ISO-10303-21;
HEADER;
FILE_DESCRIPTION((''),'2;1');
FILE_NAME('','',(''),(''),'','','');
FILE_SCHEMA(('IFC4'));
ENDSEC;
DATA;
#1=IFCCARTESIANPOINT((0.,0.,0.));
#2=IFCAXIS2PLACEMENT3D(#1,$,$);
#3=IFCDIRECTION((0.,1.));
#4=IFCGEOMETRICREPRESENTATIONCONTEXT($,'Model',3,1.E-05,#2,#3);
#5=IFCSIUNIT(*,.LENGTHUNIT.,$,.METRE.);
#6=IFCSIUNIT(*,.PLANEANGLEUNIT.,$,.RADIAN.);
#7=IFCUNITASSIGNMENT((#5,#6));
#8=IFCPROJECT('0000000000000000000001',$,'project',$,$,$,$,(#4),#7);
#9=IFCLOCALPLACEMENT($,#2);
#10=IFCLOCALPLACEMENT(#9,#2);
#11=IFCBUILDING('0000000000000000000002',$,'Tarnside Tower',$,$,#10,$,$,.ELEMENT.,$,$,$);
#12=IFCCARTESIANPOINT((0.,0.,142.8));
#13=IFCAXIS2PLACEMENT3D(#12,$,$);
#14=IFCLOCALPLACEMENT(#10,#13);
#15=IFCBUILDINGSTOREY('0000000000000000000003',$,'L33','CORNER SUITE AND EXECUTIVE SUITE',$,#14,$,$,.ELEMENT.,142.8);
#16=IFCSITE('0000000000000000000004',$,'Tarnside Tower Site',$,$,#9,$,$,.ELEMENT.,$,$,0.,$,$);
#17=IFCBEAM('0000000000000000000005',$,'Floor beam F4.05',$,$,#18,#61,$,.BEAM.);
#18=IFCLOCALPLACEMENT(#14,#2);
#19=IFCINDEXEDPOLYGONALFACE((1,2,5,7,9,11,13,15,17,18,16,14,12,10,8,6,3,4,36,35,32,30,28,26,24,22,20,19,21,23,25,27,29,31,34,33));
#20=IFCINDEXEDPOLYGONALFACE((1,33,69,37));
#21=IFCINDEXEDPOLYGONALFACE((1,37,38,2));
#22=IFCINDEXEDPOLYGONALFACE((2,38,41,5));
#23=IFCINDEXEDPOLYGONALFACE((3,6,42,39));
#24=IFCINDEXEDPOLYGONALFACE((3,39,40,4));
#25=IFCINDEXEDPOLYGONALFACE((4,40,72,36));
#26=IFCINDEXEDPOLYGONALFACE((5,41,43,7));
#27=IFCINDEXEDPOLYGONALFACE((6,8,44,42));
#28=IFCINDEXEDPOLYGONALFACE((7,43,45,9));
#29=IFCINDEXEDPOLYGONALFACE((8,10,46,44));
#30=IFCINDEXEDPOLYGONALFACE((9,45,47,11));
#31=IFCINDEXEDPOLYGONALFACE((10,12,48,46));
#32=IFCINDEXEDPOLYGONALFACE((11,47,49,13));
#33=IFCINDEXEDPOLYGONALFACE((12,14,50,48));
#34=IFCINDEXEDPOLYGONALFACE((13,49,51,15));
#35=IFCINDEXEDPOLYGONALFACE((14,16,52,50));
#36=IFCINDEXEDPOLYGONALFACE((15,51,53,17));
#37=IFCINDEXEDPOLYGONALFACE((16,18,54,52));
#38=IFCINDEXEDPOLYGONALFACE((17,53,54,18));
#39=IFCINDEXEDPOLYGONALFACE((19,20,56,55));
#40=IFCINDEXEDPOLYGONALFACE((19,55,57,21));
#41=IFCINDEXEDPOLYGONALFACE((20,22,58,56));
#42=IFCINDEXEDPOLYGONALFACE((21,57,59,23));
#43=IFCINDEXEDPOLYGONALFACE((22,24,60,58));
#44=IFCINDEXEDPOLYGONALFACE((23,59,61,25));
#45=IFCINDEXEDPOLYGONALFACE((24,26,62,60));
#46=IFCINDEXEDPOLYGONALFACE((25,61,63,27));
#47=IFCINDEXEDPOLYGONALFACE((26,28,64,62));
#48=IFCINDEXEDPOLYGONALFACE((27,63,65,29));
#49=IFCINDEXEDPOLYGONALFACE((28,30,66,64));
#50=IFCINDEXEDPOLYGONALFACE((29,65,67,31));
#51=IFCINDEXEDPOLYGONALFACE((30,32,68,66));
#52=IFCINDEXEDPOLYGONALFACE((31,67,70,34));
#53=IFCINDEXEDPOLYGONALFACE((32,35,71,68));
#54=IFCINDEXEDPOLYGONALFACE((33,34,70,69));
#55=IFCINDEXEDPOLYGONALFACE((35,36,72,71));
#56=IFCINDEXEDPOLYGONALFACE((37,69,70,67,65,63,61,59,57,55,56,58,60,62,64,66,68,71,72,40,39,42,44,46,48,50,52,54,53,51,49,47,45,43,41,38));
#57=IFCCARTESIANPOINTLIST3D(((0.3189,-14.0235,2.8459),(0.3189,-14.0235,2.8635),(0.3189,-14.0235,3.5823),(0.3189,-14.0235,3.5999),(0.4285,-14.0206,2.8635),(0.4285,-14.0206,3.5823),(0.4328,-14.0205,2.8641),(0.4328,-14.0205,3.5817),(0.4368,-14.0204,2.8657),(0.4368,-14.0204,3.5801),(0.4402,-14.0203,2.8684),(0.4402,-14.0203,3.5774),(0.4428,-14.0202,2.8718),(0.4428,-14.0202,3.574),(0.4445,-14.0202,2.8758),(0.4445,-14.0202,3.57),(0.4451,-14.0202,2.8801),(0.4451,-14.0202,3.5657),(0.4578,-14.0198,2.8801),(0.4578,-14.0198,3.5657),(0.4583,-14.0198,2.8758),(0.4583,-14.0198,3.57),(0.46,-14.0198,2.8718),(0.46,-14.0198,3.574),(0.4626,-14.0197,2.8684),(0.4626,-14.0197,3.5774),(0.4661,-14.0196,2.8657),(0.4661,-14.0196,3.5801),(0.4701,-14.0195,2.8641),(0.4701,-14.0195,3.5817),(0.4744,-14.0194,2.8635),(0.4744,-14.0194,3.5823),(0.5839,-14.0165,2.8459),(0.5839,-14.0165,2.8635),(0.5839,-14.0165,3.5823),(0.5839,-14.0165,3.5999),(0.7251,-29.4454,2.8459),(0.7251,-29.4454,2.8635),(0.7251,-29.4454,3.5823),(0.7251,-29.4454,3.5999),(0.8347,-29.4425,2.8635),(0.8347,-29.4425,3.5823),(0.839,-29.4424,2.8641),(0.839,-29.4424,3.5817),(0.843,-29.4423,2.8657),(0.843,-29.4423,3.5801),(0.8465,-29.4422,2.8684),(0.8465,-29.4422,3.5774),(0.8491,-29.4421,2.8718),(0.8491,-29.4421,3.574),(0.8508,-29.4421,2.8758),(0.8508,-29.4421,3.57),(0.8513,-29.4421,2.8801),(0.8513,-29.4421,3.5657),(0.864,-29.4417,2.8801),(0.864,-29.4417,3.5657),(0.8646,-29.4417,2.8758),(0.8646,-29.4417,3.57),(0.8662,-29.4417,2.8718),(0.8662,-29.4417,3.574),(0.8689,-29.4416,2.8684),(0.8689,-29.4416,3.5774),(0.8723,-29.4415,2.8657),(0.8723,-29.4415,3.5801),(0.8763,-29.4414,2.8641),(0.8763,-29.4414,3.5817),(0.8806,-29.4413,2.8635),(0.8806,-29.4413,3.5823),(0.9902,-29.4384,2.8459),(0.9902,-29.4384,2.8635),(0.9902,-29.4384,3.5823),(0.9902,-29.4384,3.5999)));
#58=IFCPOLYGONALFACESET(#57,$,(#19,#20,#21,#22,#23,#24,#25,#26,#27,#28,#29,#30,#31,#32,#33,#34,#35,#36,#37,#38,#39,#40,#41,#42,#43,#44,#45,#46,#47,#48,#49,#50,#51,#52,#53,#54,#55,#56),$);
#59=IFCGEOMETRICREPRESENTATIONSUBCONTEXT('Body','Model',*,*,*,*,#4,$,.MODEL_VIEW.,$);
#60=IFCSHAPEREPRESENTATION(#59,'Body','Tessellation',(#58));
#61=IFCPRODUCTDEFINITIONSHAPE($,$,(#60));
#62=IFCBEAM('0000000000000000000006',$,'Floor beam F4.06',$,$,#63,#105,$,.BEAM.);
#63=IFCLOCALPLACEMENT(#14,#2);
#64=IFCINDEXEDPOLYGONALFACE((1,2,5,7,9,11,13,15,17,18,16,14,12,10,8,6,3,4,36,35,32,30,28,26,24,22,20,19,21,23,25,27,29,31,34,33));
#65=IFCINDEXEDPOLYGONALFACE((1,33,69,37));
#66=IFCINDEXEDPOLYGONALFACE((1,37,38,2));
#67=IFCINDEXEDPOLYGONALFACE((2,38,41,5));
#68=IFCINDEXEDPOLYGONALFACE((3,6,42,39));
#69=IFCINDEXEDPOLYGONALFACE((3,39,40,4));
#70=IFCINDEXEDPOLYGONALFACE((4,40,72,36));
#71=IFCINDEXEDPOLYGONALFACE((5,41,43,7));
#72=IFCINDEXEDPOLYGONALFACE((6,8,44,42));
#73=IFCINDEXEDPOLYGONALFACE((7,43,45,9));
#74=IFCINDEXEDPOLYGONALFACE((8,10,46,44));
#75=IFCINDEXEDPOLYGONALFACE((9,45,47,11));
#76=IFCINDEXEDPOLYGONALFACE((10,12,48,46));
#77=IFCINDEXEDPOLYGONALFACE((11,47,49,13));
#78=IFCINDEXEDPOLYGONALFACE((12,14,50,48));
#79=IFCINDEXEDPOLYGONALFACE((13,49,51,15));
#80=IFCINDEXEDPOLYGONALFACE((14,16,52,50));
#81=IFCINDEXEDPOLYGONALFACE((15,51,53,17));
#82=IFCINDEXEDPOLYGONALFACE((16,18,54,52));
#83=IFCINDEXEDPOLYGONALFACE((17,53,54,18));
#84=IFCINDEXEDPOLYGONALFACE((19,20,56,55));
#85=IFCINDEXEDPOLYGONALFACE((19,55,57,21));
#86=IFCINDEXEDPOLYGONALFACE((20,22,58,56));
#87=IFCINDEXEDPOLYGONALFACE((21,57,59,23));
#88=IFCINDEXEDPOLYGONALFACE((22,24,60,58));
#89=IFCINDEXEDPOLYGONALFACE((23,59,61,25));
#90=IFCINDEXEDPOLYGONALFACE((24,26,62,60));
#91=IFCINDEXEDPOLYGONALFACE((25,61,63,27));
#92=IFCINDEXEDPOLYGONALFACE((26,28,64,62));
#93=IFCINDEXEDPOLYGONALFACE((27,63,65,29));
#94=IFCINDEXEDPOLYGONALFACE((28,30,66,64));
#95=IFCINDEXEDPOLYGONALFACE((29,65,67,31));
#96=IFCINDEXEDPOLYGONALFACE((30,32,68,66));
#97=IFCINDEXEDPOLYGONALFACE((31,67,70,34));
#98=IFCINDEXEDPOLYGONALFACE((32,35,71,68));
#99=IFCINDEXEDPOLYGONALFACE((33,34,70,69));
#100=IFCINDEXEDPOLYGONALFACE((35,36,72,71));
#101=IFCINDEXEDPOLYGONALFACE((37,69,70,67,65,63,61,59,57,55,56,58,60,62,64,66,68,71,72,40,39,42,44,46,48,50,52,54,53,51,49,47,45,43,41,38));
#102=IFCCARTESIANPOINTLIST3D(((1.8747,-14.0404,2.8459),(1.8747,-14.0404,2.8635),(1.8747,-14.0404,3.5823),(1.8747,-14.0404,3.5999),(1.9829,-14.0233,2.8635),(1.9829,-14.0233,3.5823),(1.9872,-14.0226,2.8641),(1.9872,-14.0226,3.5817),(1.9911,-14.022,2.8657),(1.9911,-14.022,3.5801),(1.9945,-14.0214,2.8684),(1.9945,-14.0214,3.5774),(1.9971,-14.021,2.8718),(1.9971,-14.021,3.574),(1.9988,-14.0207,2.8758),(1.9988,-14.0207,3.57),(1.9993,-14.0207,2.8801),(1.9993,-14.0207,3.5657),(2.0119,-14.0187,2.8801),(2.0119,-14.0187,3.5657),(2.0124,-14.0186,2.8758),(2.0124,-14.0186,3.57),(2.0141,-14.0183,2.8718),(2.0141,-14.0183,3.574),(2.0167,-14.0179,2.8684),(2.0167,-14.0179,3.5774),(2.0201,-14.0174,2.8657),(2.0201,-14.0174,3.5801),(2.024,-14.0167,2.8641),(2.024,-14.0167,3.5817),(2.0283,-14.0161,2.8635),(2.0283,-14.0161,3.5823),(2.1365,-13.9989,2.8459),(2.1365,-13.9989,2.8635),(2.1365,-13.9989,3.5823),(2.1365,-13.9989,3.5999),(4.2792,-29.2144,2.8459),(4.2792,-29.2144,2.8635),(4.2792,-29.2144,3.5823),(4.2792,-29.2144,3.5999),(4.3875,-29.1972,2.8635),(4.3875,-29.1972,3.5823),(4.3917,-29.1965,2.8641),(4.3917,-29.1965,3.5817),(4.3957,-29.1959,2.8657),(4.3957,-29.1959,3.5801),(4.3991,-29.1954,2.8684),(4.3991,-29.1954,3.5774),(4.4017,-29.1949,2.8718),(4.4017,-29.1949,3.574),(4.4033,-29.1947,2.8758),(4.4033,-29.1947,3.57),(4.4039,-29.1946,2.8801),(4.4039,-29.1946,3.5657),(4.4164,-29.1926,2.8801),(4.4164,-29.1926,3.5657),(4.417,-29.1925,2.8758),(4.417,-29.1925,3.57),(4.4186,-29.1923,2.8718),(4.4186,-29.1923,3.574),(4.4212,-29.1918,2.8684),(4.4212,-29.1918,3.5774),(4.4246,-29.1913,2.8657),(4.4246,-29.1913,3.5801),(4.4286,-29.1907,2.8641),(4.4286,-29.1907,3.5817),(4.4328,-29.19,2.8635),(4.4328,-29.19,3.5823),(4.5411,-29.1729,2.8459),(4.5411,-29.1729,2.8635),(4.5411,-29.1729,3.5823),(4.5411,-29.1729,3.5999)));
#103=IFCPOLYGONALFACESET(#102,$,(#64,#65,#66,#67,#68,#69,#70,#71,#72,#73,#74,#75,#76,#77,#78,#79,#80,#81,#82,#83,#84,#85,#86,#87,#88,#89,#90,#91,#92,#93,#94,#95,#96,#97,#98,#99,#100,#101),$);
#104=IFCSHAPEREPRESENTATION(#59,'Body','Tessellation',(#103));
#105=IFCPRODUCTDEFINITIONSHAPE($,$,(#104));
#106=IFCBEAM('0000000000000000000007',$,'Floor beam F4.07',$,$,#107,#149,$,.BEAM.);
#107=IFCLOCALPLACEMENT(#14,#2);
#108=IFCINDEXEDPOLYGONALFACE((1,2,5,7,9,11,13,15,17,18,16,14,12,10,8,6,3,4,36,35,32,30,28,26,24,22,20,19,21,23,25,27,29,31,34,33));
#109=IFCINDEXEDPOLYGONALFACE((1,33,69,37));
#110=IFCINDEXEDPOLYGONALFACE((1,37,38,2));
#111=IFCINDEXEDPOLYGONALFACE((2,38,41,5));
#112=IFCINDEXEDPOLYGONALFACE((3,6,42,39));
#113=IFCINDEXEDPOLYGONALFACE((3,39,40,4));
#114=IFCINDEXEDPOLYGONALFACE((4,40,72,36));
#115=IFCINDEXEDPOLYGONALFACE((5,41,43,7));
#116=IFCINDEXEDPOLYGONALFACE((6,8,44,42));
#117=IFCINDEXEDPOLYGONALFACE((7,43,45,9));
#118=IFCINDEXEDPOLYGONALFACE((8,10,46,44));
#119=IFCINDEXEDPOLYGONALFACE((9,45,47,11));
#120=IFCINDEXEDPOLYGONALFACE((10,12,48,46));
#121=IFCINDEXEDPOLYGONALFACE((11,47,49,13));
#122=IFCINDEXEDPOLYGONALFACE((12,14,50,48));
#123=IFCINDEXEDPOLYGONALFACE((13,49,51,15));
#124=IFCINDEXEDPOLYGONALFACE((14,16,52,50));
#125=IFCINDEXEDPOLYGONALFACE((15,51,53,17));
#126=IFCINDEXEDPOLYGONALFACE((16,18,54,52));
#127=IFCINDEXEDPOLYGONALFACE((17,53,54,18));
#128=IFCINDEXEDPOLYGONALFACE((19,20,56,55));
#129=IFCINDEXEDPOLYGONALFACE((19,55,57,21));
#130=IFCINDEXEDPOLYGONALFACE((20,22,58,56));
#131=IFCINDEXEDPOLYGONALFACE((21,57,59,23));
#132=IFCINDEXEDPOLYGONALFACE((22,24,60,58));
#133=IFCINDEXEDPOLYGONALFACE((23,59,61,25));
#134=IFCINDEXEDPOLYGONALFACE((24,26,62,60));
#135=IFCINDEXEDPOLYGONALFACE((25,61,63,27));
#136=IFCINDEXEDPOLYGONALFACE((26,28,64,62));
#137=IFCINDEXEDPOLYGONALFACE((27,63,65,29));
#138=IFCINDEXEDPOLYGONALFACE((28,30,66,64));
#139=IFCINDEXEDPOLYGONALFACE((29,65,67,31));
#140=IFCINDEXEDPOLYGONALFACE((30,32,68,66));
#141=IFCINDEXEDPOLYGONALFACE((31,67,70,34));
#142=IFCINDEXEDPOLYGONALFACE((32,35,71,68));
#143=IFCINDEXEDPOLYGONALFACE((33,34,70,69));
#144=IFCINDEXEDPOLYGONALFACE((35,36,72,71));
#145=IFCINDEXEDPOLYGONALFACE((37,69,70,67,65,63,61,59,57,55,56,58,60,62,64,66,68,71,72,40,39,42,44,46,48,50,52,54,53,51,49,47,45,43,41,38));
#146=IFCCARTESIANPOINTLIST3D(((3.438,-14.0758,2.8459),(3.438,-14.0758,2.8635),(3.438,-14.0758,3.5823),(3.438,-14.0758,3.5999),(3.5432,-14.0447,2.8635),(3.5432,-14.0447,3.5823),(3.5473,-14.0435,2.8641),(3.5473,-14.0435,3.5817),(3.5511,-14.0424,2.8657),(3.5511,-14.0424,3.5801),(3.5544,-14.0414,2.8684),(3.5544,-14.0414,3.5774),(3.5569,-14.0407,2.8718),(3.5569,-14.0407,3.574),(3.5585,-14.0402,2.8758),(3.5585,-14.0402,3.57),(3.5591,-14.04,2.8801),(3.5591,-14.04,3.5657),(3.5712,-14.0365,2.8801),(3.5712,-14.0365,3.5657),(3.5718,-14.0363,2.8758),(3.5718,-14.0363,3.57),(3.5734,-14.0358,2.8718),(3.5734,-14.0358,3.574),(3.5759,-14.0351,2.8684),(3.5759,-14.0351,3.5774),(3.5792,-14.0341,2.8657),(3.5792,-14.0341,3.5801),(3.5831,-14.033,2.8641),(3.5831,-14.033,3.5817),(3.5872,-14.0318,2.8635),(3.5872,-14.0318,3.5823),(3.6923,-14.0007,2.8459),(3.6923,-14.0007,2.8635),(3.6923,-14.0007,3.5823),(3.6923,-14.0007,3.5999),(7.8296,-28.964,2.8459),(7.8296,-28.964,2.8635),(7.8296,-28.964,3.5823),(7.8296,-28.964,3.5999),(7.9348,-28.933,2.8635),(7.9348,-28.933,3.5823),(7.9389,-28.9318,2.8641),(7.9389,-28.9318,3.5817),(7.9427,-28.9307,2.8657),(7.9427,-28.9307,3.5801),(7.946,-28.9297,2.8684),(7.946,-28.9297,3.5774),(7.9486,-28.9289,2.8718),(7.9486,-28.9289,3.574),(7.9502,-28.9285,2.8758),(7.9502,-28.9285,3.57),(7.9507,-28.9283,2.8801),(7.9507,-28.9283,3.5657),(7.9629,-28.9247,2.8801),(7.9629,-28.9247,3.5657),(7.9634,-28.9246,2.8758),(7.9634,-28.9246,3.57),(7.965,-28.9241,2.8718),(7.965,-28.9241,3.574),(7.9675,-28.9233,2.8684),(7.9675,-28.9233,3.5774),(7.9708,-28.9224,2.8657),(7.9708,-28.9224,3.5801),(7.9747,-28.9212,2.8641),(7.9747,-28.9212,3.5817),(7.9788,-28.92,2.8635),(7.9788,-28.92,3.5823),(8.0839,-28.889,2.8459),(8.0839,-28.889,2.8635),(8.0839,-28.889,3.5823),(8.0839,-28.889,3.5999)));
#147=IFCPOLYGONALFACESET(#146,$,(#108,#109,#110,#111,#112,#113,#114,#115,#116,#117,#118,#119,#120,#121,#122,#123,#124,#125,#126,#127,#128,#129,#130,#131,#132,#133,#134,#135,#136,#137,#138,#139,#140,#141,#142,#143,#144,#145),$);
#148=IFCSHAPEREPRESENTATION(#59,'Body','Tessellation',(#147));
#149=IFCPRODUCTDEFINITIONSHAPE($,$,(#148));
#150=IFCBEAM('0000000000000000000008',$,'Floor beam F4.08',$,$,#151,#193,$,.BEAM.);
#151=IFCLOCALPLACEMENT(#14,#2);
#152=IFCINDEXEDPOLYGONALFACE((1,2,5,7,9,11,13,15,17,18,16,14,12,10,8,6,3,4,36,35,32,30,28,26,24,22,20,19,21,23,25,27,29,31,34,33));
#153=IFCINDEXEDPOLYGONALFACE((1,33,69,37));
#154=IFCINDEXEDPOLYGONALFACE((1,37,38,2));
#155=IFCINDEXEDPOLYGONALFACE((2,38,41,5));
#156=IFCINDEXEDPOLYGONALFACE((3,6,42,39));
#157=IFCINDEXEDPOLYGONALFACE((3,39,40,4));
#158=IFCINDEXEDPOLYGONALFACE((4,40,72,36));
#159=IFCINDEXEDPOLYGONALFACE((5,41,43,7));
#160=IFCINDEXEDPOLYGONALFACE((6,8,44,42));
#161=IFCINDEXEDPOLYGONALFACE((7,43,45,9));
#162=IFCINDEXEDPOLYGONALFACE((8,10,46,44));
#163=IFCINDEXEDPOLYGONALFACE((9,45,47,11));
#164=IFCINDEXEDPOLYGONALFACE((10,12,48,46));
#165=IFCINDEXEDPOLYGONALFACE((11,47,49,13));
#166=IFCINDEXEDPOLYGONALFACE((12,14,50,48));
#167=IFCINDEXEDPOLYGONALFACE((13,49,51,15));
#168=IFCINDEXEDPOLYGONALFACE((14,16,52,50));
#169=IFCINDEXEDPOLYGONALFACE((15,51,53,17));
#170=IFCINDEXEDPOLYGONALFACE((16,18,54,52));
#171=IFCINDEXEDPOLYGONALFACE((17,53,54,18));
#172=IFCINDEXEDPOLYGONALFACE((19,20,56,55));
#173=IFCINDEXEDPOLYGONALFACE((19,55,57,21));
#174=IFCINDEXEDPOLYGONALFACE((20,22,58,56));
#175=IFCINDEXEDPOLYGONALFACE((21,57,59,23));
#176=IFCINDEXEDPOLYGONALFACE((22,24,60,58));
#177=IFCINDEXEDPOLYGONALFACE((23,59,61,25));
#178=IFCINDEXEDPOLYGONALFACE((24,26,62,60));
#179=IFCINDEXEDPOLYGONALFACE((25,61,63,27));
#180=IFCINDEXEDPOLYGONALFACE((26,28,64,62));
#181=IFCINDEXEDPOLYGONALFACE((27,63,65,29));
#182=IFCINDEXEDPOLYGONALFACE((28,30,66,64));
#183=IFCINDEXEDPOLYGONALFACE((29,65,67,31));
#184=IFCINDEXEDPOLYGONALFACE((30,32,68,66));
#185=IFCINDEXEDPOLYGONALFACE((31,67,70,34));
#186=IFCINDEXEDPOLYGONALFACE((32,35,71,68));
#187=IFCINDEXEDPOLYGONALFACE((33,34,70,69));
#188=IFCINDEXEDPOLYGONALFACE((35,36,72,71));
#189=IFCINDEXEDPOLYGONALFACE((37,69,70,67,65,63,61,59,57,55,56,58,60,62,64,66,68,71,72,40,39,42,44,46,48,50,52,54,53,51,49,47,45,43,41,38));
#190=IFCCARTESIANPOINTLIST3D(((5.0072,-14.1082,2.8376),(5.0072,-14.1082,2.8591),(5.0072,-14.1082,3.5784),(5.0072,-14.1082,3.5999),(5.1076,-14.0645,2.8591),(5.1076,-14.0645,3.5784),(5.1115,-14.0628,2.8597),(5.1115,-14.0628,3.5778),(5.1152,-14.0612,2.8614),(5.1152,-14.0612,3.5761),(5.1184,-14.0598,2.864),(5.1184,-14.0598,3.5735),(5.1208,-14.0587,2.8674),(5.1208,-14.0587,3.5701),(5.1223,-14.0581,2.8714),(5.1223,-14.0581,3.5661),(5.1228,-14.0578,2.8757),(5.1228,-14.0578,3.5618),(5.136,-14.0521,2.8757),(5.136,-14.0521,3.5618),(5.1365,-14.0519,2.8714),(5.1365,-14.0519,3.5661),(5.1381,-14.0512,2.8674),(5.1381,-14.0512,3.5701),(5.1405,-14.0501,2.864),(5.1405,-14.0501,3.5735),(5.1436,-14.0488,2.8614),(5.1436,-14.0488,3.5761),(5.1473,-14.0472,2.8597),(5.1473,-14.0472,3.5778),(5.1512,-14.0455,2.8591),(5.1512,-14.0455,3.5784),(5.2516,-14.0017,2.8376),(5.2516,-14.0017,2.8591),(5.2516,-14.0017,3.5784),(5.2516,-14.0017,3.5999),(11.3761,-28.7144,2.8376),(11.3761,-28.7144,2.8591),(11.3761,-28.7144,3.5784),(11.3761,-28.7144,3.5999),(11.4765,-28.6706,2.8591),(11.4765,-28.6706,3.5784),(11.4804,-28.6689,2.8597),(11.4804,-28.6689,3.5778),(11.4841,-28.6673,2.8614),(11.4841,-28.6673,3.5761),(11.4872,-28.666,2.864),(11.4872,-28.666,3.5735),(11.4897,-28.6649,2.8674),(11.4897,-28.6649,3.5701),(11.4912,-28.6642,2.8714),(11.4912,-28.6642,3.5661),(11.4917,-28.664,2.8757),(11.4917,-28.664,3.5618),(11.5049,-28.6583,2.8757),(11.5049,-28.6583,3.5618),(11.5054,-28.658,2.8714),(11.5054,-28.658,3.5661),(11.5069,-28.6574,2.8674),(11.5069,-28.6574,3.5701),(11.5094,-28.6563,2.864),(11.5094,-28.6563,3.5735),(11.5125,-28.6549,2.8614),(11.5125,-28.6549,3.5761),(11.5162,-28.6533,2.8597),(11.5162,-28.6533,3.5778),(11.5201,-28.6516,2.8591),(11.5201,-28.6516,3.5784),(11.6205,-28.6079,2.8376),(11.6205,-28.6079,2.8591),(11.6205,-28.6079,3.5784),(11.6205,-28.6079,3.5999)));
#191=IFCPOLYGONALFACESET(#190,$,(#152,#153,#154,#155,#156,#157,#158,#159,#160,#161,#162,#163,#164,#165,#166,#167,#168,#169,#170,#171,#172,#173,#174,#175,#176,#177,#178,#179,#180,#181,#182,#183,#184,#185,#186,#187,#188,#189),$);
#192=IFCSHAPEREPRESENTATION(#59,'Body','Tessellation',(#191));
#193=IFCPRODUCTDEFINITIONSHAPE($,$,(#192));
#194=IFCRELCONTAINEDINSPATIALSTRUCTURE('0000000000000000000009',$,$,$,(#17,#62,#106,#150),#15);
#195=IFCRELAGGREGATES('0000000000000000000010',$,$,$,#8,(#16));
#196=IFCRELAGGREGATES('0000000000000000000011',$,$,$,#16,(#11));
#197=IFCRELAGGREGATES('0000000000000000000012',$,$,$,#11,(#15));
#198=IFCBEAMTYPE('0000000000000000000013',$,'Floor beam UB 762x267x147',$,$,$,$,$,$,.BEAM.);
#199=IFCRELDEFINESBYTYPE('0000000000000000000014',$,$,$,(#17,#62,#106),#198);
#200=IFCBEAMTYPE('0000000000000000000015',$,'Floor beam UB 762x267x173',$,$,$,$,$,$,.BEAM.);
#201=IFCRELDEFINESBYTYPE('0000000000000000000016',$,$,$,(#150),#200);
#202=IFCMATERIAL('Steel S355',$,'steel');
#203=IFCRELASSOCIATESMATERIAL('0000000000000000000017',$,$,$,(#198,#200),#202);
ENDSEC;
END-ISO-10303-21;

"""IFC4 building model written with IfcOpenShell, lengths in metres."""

from ifc_helpers import new_model, si_unit, direction, frame, origin, origin_2d, place, context, subcontext, project, spatial, i_section, extrude, material, material_profile, profile_set, type_object, element, save


model = new_model("IFC4")

# Units and contexts
model_context = context("Model", 3, precision=1e-05, world=origin(), true_north=direction((0.0, 1.0)))
body_context = subcontext(model_context, "Body", "Model", "MODEL_VIEW")
ifc_project = project(units=[si_unit("LENGTHUNIT", "METRE"), si_unit("PLANEANGLEUNIT", "RADIAN")], contexts=[model_context])

# Site, building, storey
site_placement = place(None, origin())
site = spatial("IfcSite", under=ifc_project, at=site_placement, Name="Tarnside Tower Site", CompositionType="ELEMENT", RefElevation=0.0)
building_placement = place(site_placement, origin())
building = spatial("IfcBuilding", under=site, at=building_placement, Name="Tarnside Tower", CompositionType="ELEMENT")
storey_placement = place(building_placement, frame((0.0, 0.0, 142.8)))
storey = spatial("IfcBuildingStorey", under=building, at=storey_placement, Name="L33", Description="CORNER SUITE AND EXECUTIVE SUITE", CompositionType="ELEMENT", Elevation=142.8)

# Beams
ifc_material_1 = material(Name="Steel S355", Category="steel")
ifc_material_profile_1 = material_profile(ifc_material_1, i_section(OverallWidth=0.2651, OverallDepth=0.7539, WebThickness=0.0127, FlangeThickness=0.0176, FilletRadius=0.0166, at=origin_2d()), Name="UB 762x267x147")
ifc_profile_set_1 = profile_set([ifc_material_profile_1], Name="Steel S355")
beam_type_1 = type_object("IfcBeamType", Name="Floor beam UB 762x267x147", PredefinedType="BEAM", material=ifc_profile_set_1)
beam_1_placement = place(storey_placement, frame((0.8577, -29.4419, 3.2229), z_axis=(-0.026333, 0.999653, 0.0), x_axis=(-0.999653, -0.026333, 0.0)))
element("IfcBeam", 1, at=beam_1_placement, inside=storey, type_object=beam_type_1, Name="Floor beam F4.05", PredefinedType="BEAM", context=body_context, shape_type="SweptSolid", body=[
    extrude(i_section(OverallWidth=0.2651, OverallDepth=0.7539, WebThickness=0.0127, FlangeThickness=0.0176, FilletRadius=0.0166, at=origin_2d()), origin(), (0.0, 0.0, 1.0), 15.4272),
])
beam_2_placement = place(storey_placement, frame((4.4102, -29.1936, 3.2229), z_axis=(-0.156513, 0.987676, 0.0), x_axis=(-0.987676, -0.156513, 0.0)))
element("IfcBeam", 2, at=beam_2_placement, inside=storey, type_object=beam_type_1, Name="Floor beam F4.06", PredefinedType="BEAM", context=body_context, shape_type="SweptSolid", body=[
    extrude(i_section(OverallWidth=0.2651, OverallDepth=0.7539, WebThickness=0.0127, FlangeThickness=0.0176, FilletRadius=0.0166, at=origin_2d()), origin(), (0.0, 0.0, 1.0), 15.3633),
])
beam_3_placement = place(storey_placement, frame((7.9568, -28.9265, 3.2229), z_axis=(-0.282921, 0.959143, 0.0), x_axis=(-0.959143, -0.282921, 0.0)))
element("IfcBeam", 3, at=beam_3_placement, inside=storey, type_object=beam_type_1, Name="Floor beam F4.07", PredefinedType="BEAM", context=body_context, shape_type="SweptSolid", body=[
    extrude(i_section(OverallWidth=0.2651, OverallDepth=0.7539, WebThickness=0.0127, FlangeThickness=0.0176, FilletRadius=0.0166, at=origin_2d()), origin(), (0.0, 0.0, 1.0), 15.5225),
])
ifc_material_profile_2 = material_profile(ifc_material_1, i_section(OverallWidth=0.2666, OverallDepth=0.7622, WebThickness=0.0144, FlangeThickness=0.0215, FilletRadius=0.0166, at=origin_2d()), Name="UB 762x267x173")
ifc_profile_set_2 = profile_set([ifc_material_profile_2], Name="Steel S355")
beam_type_2 = type_object("IfcBeamType", Name="Floor beam UB 762x267x173", PredefinedType="BEAM", material=ifc_profile_set_2)
beam_4_placement = place(storey_placement, frame((11.4983, -28.6611, 3.2188), z_axis=(-0.399696, 0.916648, 0.0), x_axis=(-0.916648, -0.399696, 0.0)))
element("IfcBeam", 4, at=beam_4_placement, inside=storey, type_object=beam_type_2, Name="Floor beam F4.08", PredefinedType="BEAM", context=body_context, shape_type="SweptSolid", body=[
    extrude(i_section(OverallWidth=0.2666, OverallDepth=0.7622, WebThickness=0.0144, FlangeThickness=0.0215, FilletRadius=0.0166, at=origin_2d()), origin(), (0.0, 0.0, 1.0), 15.9343),
])

save(model, "model.ifc")
